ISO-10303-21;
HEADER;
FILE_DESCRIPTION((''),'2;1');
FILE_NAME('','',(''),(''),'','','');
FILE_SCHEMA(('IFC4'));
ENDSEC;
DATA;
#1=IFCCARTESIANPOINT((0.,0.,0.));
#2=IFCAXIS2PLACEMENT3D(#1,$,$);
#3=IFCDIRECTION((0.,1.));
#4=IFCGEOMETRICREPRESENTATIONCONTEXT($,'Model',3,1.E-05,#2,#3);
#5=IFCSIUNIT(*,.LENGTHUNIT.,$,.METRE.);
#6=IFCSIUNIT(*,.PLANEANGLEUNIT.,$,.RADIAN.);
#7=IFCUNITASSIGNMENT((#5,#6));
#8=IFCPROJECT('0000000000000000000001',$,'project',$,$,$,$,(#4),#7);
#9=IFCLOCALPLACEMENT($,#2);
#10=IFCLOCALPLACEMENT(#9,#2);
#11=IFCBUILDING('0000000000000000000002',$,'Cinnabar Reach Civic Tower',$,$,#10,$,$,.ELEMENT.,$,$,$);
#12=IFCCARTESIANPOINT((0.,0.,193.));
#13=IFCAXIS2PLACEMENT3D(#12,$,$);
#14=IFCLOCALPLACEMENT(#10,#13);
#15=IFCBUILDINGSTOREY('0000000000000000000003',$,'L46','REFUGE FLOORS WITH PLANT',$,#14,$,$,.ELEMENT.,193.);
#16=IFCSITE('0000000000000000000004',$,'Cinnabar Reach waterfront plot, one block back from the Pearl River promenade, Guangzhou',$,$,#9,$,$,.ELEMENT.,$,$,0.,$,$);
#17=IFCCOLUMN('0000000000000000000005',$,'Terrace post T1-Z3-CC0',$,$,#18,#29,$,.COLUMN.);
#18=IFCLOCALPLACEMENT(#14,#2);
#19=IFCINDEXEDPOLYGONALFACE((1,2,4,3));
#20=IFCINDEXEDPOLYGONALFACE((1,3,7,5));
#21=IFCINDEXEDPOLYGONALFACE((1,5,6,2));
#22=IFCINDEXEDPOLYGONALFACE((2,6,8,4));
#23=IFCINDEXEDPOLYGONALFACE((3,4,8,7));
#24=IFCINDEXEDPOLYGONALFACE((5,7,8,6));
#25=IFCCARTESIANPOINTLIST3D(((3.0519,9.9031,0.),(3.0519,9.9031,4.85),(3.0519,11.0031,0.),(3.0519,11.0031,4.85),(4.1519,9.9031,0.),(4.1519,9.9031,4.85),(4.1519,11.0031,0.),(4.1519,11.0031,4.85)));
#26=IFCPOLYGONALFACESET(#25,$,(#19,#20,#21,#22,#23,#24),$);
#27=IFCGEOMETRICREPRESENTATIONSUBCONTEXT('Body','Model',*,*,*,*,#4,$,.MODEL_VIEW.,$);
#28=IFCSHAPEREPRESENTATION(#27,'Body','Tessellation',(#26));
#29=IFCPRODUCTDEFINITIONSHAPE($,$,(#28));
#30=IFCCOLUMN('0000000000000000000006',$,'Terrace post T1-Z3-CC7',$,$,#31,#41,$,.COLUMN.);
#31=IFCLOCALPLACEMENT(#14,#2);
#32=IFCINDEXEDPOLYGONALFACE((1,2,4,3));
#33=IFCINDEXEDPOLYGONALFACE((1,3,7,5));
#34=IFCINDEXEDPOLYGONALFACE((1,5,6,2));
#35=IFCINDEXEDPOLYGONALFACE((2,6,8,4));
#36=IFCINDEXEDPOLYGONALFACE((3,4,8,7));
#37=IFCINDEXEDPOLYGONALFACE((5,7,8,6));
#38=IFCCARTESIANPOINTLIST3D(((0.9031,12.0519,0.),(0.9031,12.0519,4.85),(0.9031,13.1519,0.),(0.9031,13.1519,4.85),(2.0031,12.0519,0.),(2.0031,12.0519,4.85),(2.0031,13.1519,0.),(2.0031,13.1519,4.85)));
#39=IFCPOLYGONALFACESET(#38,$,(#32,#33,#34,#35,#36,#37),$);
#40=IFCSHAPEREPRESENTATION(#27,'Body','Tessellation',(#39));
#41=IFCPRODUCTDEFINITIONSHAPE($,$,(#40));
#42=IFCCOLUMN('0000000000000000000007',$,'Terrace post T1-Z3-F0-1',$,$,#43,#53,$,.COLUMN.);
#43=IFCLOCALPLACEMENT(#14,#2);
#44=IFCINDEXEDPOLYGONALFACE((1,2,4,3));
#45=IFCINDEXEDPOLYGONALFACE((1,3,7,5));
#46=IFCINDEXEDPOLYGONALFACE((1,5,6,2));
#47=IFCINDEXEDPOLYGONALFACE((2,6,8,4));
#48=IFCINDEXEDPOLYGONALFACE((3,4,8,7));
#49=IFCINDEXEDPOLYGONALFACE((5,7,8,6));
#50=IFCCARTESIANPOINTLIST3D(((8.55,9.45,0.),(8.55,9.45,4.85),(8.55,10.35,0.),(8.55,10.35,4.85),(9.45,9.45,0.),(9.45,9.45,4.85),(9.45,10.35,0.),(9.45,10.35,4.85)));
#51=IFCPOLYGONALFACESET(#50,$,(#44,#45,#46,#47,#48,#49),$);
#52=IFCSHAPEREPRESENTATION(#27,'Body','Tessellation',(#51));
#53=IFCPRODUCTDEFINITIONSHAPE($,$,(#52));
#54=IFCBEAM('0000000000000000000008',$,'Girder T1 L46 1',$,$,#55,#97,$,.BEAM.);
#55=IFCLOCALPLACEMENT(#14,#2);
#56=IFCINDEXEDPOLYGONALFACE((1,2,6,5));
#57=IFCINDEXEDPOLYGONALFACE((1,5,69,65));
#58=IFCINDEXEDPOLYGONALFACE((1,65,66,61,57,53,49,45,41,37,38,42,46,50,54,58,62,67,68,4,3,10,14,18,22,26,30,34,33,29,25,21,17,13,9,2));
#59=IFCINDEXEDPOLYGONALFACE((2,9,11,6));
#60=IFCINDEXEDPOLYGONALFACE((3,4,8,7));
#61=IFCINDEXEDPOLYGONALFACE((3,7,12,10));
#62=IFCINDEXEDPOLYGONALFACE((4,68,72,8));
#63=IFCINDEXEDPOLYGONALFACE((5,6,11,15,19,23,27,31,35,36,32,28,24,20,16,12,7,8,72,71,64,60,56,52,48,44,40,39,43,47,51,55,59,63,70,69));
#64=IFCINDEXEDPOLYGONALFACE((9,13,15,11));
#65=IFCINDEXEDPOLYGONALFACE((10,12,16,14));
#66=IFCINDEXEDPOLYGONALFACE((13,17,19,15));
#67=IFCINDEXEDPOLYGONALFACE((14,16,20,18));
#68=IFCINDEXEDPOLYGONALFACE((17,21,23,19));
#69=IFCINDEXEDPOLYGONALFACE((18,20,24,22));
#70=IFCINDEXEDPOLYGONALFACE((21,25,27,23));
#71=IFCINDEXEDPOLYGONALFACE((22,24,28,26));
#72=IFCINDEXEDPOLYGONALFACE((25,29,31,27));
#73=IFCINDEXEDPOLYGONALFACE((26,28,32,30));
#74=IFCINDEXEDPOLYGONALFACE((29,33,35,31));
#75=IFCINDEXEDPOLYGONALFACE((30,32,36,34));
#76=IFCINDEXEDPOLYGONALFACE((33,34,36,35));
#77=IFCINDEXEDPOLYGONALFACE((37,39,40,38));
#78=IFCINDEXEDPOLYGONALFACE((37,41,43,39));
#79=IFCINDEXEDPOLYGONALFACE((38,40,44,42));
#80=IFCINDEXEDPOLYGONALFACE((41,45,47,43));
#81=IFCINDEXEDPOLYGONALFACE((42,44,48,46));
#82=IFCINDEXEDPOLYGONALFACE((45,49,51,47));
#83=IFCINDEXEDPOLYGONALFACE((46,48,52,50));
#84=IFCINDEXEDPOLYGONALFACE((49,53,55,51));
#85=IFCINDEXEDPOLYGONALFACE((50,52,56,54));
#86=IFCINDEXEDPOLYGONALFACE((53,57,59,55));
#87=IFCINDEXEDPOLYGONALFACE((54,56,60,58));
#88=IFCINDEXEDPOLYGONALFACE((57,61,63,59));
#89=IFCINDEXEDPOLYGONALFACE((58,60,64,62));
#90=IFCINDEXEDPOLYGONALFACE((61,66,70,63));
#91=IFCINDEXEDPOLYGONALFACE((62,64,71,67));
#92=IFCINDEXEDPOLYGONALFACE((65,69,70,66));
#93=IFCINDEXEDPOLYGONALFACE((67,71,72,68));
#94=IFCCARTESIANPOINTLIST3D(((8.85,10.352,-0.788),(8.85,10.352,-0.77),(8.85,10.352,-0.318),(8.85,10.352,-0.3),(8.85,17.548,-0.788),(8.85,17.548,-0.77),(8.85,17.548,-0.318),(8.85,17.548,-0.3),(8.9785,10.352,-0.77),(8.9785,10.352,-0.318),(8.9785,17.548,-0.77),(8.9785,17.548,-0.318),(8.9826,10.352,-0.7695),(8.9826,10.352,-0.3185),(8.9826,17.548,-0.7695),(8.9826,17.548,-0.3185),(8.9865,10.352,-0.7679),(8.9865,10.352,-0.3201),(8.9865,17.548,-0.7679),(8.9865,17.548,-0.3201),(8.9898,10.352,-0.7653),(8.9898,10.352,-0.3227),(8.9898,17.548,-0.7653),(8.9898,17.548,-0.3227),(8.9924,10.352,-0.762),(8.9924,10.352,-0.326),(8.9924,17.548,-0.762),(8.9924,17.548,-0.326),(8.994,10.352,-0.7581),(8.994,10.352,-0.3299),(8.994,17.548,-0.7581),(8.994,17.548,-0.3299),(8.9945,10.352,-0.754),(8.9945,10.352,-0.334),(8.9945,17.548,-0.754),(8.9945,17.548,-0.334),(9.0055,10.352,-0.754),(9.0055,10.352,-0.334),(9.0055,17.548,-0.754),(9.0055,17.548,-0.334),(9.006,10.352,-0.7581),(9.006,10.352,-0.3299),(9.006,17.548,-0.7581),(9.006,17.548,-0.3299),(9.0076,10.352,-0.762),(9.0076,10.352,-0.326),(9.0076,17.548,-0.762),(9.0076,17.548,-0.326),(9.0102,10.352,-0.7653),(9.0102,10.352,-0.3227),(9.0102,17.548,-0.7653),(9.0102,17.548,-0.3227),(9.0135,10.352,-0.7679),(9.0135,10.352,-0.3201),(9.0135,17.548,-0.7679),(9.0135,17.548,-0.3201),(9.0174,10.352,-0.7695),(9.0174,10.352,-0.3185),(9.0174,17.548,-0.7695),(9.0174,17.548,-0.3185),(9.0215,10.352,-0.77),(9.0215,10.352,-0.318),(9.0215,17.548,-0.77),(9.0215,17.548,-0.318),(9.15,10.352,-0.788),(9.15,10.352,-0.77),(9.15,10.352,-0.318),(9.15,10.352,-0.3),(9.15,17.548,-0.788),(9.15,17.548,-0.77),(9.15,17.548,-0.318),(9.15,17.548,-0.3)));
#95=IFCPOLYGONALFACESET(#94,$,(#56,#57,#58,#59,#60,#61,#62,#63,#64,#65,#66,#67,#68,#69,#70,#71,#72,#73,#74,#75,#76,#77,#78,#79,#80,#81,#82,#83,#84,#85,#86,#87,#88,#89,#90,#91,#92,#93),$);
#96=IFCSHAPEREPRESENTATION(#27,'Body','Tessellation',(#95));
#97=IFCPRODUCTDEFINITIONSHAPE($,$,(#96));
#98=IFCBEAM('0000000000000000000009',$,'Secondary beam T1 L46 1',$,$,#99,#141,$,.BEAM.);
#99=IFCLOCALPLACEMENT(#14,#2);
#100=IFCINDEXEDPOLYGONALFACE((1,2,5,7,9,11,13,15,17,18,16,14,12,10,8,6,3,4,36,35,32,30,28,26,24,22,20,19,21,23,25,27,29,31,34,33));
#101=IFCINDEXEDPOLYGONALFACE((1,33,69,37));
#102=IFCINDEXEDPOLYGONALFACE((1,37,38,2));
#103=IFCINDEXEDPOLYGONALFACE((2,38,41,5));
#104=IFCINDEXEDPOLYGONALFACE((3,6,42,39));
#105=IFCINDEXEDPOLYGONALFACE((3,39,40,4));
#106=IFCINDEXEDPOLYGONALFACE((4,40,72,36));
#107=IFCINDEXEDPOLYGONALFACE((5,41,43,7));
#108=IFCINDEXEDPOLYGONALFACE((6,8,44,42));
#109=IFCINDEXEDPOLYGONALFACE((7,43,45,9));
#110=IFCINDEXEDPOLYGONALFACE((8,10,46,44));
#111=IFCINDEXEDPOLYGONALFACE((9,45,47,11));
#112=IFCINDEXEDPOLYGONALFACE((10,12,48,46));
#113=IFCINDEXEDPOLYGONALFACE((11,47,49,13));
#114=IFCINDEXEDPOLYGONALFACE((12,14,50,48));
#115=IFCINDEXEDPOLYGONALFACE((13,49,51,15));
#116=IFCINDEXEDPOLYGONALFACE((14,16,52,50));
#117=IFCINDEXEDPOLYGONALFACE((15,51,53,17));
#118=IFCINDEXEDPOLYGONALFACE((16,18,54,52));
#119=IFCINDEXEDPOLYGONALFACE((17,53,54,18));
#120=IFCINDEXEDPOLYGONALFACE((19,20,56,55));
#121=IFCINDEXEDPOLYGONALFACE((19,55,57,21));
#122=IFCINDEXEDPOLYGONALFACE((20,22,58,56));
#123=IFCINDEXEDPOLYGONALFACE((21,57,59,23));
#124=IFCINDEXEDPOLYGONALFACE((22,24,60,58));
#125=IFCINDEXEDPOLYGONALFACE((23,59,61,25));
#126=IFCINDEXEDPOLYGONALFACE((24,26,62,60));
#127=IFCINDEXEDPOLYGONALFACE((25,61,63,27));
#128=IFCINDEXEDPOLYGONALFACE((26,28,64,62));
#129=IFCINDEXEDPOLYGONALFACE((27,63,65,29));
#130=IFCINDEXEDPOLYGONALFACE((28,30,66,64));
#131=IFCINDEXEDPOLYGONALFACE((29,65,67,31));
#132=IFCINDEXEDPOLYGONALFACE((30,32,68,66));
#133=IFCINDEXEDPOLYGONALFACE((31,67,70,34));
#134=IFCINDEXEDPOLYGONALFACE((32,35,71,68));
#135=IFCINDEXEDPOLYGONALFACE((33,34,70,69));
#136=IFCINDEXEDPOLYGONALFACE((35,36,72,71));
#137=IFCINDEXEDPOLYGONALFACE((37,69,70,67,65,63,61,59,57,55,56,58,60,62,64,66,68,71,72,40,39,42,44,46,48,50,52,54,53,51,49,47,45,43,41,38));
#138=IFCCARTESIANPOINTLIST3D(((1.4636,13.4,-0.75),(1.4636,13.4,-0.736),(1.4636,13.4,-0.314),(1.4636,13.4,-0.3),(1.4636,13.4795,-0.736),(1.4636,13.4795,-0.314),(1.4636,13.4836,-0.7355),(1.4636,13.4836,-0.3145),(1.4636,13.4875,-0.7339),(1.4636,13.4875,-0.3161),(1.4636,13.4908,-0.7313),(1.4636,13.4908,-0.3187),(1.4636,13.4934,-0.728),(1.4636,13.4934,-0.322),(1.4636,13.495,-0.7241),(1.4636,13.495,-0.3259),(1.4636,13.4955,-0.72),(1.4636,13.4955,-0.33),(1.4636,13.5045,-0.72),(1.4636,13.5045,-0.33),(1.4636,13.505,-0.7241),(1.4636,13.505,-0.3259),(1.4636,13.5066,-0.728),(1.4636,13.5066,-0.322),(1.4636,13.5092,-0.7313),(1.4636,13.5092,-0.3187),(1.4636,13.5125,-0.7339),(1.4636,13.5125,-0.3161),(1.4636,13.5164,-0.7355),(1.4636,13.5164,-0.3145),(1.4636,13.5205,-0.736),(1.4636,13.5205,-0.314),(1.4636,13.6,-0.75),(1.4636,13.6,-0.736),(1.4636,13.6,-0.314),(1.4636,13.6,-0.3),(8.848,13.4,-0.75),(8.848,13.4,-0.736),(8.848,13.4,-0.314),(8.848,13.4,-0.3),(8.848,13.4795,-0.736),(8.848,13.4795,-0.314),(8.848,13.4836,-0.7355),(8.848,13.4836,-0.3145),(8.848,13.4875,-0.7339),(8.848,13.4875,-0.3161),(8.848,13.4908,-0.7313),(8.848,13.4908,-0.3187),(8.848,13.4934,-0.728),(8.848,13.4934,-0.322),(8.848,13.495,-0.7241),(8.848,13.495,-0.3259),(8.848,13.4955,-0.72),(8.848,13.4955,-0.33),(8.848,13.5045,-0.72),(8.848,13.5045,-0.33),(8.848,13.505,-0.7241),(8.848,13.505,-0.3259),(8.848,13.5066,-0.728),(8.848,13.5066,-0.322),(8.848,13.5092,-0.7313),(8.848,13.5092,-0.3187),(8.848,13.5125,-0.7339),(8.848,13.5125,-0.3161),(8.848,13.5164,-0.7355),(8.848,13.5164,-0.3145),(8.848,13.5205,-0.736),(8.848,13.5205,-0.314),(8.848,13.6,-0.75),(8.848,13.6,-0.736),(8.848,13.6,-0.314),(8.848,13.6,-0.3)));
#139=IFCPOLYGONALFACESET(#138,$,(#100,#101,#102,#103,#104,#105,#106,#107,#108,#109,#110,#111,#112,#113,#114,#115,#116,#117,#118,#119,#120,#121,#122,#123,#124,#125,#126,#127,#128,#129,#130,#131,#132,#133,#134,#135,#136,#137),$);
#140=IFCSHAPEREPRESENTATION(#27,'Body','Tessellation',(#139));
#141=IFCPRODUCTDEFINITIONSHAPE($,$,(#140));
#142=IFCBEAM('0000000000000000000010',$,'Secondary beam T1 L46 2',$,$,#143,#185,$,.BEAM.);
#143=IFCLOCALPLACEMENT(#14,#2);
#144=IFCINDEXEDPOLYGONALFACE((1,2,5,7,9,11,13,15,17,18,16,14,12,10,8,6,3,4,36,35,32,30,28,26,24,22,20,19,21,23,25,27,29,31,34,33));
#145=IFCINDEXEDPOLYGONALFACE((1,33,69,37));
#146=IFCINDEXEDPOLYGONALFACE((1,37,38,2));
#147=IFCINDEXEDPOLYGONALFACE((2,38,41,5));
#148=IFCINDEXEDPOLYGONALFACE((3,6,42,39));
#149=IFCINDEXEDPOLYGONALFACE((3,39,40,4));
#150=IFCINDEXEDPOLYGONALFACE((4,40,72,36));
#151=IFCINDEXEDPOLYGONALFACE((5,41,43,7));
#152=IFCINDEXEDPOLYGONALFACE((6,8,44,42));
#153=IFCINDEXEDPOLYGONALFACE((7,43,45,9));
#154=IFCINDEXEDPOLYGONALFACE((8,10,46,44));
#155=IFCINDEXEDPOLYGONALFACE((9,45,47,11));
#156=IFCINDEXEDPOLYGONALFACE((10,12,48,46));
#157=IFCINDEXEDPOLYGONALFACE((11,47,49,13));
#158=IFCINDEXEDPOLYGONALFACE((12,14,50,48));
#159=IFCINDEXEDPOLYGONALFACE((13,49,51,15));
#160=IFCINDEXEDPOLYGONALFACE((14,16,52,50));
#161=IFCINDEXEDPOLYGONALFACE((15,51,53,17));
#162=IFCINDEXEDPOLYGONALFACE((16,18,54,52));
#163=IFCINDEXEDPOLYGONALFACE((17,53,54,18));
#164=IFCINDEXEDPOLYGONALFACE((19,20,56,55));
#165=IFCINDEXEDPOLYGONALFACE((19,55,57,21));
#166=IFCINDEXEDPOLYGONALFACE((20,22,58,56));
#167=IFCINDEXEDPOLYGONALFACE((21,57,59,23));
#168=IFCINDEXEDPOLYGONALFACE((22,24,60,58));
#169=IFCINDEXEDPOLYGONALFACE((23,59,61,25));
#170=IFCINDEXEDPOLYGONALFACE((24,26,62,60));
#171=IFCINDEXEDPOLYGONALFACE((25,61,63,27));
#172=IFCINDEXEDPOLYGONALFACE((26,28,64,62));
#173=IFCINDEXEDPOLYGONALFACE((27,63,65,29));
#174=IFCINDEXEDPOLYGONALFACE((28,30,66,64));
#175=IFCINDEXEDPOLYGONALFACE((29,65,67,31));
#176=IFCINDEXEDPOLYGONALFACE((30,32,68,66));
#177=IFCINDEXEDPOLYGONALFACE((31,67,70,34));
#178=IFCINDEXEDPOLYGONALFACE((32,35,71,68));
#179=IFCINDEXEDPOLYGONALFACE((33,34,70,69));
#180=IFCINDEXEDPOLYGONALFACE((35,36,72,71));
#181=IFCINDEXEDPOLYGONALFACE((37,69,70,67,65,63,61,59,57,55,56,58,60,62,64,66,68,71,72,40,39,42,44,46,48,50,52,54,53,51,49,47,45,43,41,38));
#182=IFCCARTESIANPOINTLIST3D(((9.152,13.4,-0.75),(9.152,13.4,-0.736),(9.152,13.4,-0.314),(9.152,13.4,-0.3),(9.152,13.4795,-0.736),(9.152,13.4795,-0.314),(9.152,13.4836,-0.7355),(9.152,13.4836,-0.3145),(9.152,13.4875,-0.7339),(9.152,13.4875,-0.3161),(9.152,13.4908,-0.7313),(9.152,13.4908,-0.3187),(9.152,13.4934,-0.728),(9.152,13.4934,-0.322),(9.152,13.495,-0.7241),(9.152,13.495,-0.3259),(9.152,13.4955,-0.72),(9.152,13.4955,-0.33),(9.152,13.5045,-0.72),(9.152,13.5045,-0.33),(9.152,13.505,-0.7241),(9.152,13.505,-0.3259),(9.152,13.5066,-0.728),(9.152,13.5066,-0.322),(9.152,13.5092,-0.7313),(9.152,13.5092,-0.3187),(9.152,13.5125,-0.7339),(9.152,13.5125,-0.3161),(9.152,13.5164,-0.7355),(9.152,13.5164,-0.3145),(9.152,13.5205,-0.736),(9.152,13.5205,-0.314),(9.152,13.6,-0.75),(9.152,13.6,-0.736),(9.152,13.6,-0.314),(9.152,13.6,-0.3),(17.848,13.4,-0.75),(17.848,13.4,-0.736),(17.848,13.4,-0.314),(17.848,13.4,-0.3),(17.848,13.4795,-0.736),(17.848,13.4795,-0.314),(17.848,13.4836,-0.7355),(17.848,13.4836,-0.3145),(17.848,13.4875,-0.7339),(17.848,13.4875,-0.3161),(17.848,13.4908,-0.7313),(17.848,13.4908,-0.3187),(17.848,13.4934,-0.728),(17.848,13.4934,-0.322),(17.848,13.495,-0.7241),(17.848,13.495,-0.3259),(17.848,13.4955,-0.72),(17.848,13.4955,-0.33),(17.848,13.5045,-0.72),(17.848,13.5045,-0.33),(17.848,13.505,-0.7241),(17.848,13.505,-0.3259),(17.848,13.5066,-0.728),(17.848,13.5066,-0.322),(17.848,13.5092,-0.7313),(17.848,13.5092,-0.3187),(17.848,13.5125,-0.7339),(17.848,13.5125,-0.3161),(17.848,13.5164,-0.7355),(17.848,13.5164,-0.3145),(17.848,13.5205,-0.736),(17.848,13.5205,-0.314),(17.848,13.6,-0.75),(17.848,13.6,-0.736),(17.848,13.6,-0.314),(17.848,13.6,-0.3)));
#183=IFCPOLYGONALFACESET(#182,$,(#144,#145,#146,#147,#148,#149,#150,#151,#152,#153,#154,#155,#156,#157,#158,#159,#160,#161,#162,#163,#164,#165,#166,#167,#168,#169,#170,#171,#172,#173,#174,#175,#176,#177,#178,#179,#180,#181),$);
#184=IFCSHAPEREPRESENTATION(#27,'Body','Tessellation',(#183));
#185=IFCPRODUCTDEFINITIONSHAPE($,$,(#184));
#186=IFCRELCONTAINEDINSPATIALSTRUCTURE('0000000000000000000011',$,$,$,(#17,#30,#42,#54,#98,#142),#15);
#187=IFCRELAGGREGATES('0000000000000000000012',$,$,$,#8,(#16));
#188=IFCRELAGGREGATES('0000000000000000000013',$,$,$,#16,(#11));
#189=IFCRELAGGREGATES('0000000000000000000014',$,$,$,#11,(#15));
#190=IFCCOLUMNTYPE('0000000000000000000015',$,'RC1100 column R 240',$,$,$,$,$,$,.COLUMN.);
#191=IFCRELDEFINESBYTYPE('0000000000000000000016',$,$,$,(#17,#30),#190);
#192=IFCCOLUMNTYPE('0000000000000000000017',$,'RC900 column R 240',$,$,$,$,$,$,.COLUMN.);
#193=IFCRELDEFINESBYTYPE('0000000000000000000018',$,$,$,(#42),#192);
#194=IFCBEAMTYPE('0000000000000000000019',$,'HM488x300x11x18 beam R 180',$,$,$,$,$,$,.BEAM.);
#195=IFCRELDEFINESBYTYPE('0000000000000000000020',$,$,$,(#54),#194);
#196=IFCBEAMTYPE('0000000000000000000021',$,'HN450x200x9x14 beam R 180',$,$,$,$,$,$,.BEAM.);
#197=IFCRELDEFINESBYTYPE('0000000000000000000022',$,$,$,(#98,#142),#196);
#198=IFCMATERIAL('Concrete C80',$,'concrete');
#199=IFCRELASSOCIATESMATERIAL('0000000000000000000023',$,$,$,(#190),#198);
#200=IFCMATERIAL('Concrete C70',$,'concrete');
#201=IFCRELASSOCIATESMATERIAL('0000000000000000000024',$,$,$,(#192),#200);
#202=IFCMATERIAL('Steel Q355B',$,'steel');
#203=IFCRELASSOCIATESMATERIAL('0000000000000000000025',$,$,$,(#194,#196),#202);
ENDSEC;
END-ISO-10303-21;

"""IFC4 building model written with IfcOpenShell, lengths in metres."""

from ifc_helpers import new_model, si_unit, direction, frame, origin, origin_2d, place, context, subcontext, project, spatial, rectangle, i_section, extrude, material, material_profile, profile_set, type_object, element, save


model = new_model("IFC4")

# Units and contexts
model_context = context("Model", 3, precision=1e-05, world=origin(), true_north=direction((0.0, 1.0)))
body_context = subcontext(model_context, "Body", "Model", "MODEL_VIEW")
ifc_project = project(units=[si_unit("LENGTHUNIT", "METRE"), si_unit("PLANEANGLEUNIT", "RADIAN")], contexts=[model_context])

# Site, building, storey
site_placement = place(None, origin())
site = spatial("IfcSite", under=ifc_project, at=site_placement, Name="Cinnabar Reach waterfront plot, one block back from the Pearl River promenade, Guangzhou", CompositionType="ELEMENT", RefElevation=0.0)
building_placement = place(site_placement, origin())
building = spatial("IfcBuilding", under=site, at=building_placement, Name="Cinnabar Reach Civic Tower", CompositionType="ELEMENT")
storey_placement = place(building_placement, frame((0.0, 0.0, 193.0)))
storey = spatial("IfcBuildingStorey", under=building, at=storey_placement, Name="L46", Description="REFUGE FLOORS WITH PLANT", CompositionType="ELEMENT", Elevation=193.0)

# Columns
ifc_material_1 = material(Name="Concrete C80", Category="concrete")
ifc_material_profile_1 = material_profile(ifc_material_1, rectangle(XDim=1.1, YDim=1.1, at=origin_2d()), Name="RC1100")
ifc_profile_set_1 = profile_set([ifc_material_profile_1], Name="Concrete C80")
column_type_1 = type_object("IfcColumnType", Name="RC1100 column R 240", PredefinedType="COLUMN", material=ifc_profile_set_1)
for number, where, z_axis, x_axis, name in (
    (1, (3.6019, 10.4531, 0.0), (0.0, 0.0, 1.0), (1.0, 0.0, 0.0), "Terrace post T1-Z3-CC0"),
    (2, (1.4531, 12.6019, 0.0), (0.0, 0.0, 1.0), (1.0, 0.0, 0.0), "Terrace post T1-Z3-CC7"),
):
    element("IfcColumn", number, at=place(storey_placement, frame(where, z_axis=z_axis, x_axis=x_axis)), inside=storey, type_object=column_type_1, Name=name, PredefinedType="COLUMN", context=body_context, shape_type="SweptSolid", body=[
        extrude(rectangle(XDim=1.1, YDim=1.1, at=origin_2d()), origin(), (0.0, 0.0, 1.0), 4.85),
    ])
ifc_material_2 = material(Name="Concrete C70", Category="concrete")
ifc_material_profile_2 = material_profile(ifc_material_2, rectangle(XDim=0.9, YDim=0.9, at=origin_2d()), Name="RC900")
ifc_profile_set_2 = profile_set([ifc_material_profile_2], Name="Concrete C70")
column_type_2 = type_object("IfcColumnType", Name="RC900 column R 240", PredefinedType="COLUMN", material=ifc_profile_set_2)
column_placement = place(storey_placement, frame((9.0, 9.9, 0.0), z_axis=(0.0, 0.0, 1.0), x_axis=(1.0, 0.0, 0.0)))
element("IfcColumn", 3, at=column_placement, inside=storey, type_object=column_type_2, Name="Terrace post T1-Z3-F0-1", PredefinedType="COLUMN", context=body_context, shape_type="SweptSolid", body=[
    extrude(rectangle(XDim=0.9, YDim=0.9, at=origin_2d()), origin(), (0.0, 0.0, 1.0), 4.85),
])

# Beams
ifc_material_3 = material(Name="Steel Q355B", Category="steel")
ifc_material_profile_3 = material_profile(ifc_material_3, i_section(OverallWidth=0.3, OverallDepth=0.488, WebThickness=0.011, FlangeThickness=0.018, FilletRadius=0.016, at=origin_2d()), Name="HM488x300x11x18")
ifc_profile_set_3 = profile_set([ifc_material_profile_3], Name="Steel Q355B")
beam_type_1 = type_object("IfcBeamType", Name="HM488x300x11x18 beam R 180", PredefinedType="BEAM", material=ifc_profile_set_3)
beam_1_placement = place(storey_placement, frame((9.0, 10.352, -0.544), z_axis=(0.0, 1.0, 0.0), x_axis=(-1.0, 0.0, 0.0)))
element("IfcBeam", 4, at=beam_1_placement, inside=storey, type_object=beam_type_1, Name="Girder T1 L46 1", PredefinedType="BEAM", context=body_context, shape_type="SweptSolid", body=[
    extrude(i_section(OverallWidth=0.3, OverallDepth=0.488, WebThickness=0.011, FlangeThickness=0.018, FilletRadius=0.016, at=origin_2d()), origin(), (0.0, 0.0, 1.0), 7.196),
])
ifc_material_profile_4 = material_profile(ifc_material_3, i_section(OverallWidth=0.2, OverallDepth=0.45, WebThickness=0.009, FlangeThickness=0.014, FilletRadius=0.016, at=origin_2d()), Name="HN450x200x9x14")
ifc_profile_set_4 = profile_set([ifc_material_profile_4], Name="Steel Q355B")
beam_type_2 = type_object("IfcBeamType", Name="HN450x200x9x14 beam R 180", PredefinedType="BEAM", material=ifc_profile_set_4)
beam_2_placement = place(storey_placement, frame((1.4636, 13.5, -0.525), z_axis=(1.0, 0.0, 0.0), x_axis=(0.0, 1.0, 0.0)))
element("IfcBeam", 5, at=beam_2_placement, inside=storey, type_object=beam_type_2, Name="Secondary beam T1 L46 1", PredefinedType="BEAM", context=body_context, shape_type="SweptSolid", body=[
    extrude(i_section(OverallWidth=0.2, OverallDepth=0.45, WebThickness=0.009, FlangeThickness=0.014, FilletRadius=0.016, at=origin_2d()), origin(), (0.0, 0.0, 1.0), 7.3844),
])
beam_3_placement = place(storey_placement, frame((9.152, 13.5, -0.525), z_axis=(1.0, 0.0, 0.0), x_axis=(0.0, 1.0, 0.0)))
element("IfcBeam", 6, at=beam_3_placement, inside=storey, type_object=beam_type_2, Name="Secondary beam T1 L46 2", PredefinedType="BEAM", context=body_context, shape_type="SweptSolid", body=[
    extrude(i_section(OverallWidth=0.2, OverallDepth=0.45, WebThickness=0.009, FlangeThickness=0.014, FilletRadius=0.016, at=origin_2d()), origin(), (0.0, 0.0, 1.0), 8.696),
])

save(model, "model.ifc")
